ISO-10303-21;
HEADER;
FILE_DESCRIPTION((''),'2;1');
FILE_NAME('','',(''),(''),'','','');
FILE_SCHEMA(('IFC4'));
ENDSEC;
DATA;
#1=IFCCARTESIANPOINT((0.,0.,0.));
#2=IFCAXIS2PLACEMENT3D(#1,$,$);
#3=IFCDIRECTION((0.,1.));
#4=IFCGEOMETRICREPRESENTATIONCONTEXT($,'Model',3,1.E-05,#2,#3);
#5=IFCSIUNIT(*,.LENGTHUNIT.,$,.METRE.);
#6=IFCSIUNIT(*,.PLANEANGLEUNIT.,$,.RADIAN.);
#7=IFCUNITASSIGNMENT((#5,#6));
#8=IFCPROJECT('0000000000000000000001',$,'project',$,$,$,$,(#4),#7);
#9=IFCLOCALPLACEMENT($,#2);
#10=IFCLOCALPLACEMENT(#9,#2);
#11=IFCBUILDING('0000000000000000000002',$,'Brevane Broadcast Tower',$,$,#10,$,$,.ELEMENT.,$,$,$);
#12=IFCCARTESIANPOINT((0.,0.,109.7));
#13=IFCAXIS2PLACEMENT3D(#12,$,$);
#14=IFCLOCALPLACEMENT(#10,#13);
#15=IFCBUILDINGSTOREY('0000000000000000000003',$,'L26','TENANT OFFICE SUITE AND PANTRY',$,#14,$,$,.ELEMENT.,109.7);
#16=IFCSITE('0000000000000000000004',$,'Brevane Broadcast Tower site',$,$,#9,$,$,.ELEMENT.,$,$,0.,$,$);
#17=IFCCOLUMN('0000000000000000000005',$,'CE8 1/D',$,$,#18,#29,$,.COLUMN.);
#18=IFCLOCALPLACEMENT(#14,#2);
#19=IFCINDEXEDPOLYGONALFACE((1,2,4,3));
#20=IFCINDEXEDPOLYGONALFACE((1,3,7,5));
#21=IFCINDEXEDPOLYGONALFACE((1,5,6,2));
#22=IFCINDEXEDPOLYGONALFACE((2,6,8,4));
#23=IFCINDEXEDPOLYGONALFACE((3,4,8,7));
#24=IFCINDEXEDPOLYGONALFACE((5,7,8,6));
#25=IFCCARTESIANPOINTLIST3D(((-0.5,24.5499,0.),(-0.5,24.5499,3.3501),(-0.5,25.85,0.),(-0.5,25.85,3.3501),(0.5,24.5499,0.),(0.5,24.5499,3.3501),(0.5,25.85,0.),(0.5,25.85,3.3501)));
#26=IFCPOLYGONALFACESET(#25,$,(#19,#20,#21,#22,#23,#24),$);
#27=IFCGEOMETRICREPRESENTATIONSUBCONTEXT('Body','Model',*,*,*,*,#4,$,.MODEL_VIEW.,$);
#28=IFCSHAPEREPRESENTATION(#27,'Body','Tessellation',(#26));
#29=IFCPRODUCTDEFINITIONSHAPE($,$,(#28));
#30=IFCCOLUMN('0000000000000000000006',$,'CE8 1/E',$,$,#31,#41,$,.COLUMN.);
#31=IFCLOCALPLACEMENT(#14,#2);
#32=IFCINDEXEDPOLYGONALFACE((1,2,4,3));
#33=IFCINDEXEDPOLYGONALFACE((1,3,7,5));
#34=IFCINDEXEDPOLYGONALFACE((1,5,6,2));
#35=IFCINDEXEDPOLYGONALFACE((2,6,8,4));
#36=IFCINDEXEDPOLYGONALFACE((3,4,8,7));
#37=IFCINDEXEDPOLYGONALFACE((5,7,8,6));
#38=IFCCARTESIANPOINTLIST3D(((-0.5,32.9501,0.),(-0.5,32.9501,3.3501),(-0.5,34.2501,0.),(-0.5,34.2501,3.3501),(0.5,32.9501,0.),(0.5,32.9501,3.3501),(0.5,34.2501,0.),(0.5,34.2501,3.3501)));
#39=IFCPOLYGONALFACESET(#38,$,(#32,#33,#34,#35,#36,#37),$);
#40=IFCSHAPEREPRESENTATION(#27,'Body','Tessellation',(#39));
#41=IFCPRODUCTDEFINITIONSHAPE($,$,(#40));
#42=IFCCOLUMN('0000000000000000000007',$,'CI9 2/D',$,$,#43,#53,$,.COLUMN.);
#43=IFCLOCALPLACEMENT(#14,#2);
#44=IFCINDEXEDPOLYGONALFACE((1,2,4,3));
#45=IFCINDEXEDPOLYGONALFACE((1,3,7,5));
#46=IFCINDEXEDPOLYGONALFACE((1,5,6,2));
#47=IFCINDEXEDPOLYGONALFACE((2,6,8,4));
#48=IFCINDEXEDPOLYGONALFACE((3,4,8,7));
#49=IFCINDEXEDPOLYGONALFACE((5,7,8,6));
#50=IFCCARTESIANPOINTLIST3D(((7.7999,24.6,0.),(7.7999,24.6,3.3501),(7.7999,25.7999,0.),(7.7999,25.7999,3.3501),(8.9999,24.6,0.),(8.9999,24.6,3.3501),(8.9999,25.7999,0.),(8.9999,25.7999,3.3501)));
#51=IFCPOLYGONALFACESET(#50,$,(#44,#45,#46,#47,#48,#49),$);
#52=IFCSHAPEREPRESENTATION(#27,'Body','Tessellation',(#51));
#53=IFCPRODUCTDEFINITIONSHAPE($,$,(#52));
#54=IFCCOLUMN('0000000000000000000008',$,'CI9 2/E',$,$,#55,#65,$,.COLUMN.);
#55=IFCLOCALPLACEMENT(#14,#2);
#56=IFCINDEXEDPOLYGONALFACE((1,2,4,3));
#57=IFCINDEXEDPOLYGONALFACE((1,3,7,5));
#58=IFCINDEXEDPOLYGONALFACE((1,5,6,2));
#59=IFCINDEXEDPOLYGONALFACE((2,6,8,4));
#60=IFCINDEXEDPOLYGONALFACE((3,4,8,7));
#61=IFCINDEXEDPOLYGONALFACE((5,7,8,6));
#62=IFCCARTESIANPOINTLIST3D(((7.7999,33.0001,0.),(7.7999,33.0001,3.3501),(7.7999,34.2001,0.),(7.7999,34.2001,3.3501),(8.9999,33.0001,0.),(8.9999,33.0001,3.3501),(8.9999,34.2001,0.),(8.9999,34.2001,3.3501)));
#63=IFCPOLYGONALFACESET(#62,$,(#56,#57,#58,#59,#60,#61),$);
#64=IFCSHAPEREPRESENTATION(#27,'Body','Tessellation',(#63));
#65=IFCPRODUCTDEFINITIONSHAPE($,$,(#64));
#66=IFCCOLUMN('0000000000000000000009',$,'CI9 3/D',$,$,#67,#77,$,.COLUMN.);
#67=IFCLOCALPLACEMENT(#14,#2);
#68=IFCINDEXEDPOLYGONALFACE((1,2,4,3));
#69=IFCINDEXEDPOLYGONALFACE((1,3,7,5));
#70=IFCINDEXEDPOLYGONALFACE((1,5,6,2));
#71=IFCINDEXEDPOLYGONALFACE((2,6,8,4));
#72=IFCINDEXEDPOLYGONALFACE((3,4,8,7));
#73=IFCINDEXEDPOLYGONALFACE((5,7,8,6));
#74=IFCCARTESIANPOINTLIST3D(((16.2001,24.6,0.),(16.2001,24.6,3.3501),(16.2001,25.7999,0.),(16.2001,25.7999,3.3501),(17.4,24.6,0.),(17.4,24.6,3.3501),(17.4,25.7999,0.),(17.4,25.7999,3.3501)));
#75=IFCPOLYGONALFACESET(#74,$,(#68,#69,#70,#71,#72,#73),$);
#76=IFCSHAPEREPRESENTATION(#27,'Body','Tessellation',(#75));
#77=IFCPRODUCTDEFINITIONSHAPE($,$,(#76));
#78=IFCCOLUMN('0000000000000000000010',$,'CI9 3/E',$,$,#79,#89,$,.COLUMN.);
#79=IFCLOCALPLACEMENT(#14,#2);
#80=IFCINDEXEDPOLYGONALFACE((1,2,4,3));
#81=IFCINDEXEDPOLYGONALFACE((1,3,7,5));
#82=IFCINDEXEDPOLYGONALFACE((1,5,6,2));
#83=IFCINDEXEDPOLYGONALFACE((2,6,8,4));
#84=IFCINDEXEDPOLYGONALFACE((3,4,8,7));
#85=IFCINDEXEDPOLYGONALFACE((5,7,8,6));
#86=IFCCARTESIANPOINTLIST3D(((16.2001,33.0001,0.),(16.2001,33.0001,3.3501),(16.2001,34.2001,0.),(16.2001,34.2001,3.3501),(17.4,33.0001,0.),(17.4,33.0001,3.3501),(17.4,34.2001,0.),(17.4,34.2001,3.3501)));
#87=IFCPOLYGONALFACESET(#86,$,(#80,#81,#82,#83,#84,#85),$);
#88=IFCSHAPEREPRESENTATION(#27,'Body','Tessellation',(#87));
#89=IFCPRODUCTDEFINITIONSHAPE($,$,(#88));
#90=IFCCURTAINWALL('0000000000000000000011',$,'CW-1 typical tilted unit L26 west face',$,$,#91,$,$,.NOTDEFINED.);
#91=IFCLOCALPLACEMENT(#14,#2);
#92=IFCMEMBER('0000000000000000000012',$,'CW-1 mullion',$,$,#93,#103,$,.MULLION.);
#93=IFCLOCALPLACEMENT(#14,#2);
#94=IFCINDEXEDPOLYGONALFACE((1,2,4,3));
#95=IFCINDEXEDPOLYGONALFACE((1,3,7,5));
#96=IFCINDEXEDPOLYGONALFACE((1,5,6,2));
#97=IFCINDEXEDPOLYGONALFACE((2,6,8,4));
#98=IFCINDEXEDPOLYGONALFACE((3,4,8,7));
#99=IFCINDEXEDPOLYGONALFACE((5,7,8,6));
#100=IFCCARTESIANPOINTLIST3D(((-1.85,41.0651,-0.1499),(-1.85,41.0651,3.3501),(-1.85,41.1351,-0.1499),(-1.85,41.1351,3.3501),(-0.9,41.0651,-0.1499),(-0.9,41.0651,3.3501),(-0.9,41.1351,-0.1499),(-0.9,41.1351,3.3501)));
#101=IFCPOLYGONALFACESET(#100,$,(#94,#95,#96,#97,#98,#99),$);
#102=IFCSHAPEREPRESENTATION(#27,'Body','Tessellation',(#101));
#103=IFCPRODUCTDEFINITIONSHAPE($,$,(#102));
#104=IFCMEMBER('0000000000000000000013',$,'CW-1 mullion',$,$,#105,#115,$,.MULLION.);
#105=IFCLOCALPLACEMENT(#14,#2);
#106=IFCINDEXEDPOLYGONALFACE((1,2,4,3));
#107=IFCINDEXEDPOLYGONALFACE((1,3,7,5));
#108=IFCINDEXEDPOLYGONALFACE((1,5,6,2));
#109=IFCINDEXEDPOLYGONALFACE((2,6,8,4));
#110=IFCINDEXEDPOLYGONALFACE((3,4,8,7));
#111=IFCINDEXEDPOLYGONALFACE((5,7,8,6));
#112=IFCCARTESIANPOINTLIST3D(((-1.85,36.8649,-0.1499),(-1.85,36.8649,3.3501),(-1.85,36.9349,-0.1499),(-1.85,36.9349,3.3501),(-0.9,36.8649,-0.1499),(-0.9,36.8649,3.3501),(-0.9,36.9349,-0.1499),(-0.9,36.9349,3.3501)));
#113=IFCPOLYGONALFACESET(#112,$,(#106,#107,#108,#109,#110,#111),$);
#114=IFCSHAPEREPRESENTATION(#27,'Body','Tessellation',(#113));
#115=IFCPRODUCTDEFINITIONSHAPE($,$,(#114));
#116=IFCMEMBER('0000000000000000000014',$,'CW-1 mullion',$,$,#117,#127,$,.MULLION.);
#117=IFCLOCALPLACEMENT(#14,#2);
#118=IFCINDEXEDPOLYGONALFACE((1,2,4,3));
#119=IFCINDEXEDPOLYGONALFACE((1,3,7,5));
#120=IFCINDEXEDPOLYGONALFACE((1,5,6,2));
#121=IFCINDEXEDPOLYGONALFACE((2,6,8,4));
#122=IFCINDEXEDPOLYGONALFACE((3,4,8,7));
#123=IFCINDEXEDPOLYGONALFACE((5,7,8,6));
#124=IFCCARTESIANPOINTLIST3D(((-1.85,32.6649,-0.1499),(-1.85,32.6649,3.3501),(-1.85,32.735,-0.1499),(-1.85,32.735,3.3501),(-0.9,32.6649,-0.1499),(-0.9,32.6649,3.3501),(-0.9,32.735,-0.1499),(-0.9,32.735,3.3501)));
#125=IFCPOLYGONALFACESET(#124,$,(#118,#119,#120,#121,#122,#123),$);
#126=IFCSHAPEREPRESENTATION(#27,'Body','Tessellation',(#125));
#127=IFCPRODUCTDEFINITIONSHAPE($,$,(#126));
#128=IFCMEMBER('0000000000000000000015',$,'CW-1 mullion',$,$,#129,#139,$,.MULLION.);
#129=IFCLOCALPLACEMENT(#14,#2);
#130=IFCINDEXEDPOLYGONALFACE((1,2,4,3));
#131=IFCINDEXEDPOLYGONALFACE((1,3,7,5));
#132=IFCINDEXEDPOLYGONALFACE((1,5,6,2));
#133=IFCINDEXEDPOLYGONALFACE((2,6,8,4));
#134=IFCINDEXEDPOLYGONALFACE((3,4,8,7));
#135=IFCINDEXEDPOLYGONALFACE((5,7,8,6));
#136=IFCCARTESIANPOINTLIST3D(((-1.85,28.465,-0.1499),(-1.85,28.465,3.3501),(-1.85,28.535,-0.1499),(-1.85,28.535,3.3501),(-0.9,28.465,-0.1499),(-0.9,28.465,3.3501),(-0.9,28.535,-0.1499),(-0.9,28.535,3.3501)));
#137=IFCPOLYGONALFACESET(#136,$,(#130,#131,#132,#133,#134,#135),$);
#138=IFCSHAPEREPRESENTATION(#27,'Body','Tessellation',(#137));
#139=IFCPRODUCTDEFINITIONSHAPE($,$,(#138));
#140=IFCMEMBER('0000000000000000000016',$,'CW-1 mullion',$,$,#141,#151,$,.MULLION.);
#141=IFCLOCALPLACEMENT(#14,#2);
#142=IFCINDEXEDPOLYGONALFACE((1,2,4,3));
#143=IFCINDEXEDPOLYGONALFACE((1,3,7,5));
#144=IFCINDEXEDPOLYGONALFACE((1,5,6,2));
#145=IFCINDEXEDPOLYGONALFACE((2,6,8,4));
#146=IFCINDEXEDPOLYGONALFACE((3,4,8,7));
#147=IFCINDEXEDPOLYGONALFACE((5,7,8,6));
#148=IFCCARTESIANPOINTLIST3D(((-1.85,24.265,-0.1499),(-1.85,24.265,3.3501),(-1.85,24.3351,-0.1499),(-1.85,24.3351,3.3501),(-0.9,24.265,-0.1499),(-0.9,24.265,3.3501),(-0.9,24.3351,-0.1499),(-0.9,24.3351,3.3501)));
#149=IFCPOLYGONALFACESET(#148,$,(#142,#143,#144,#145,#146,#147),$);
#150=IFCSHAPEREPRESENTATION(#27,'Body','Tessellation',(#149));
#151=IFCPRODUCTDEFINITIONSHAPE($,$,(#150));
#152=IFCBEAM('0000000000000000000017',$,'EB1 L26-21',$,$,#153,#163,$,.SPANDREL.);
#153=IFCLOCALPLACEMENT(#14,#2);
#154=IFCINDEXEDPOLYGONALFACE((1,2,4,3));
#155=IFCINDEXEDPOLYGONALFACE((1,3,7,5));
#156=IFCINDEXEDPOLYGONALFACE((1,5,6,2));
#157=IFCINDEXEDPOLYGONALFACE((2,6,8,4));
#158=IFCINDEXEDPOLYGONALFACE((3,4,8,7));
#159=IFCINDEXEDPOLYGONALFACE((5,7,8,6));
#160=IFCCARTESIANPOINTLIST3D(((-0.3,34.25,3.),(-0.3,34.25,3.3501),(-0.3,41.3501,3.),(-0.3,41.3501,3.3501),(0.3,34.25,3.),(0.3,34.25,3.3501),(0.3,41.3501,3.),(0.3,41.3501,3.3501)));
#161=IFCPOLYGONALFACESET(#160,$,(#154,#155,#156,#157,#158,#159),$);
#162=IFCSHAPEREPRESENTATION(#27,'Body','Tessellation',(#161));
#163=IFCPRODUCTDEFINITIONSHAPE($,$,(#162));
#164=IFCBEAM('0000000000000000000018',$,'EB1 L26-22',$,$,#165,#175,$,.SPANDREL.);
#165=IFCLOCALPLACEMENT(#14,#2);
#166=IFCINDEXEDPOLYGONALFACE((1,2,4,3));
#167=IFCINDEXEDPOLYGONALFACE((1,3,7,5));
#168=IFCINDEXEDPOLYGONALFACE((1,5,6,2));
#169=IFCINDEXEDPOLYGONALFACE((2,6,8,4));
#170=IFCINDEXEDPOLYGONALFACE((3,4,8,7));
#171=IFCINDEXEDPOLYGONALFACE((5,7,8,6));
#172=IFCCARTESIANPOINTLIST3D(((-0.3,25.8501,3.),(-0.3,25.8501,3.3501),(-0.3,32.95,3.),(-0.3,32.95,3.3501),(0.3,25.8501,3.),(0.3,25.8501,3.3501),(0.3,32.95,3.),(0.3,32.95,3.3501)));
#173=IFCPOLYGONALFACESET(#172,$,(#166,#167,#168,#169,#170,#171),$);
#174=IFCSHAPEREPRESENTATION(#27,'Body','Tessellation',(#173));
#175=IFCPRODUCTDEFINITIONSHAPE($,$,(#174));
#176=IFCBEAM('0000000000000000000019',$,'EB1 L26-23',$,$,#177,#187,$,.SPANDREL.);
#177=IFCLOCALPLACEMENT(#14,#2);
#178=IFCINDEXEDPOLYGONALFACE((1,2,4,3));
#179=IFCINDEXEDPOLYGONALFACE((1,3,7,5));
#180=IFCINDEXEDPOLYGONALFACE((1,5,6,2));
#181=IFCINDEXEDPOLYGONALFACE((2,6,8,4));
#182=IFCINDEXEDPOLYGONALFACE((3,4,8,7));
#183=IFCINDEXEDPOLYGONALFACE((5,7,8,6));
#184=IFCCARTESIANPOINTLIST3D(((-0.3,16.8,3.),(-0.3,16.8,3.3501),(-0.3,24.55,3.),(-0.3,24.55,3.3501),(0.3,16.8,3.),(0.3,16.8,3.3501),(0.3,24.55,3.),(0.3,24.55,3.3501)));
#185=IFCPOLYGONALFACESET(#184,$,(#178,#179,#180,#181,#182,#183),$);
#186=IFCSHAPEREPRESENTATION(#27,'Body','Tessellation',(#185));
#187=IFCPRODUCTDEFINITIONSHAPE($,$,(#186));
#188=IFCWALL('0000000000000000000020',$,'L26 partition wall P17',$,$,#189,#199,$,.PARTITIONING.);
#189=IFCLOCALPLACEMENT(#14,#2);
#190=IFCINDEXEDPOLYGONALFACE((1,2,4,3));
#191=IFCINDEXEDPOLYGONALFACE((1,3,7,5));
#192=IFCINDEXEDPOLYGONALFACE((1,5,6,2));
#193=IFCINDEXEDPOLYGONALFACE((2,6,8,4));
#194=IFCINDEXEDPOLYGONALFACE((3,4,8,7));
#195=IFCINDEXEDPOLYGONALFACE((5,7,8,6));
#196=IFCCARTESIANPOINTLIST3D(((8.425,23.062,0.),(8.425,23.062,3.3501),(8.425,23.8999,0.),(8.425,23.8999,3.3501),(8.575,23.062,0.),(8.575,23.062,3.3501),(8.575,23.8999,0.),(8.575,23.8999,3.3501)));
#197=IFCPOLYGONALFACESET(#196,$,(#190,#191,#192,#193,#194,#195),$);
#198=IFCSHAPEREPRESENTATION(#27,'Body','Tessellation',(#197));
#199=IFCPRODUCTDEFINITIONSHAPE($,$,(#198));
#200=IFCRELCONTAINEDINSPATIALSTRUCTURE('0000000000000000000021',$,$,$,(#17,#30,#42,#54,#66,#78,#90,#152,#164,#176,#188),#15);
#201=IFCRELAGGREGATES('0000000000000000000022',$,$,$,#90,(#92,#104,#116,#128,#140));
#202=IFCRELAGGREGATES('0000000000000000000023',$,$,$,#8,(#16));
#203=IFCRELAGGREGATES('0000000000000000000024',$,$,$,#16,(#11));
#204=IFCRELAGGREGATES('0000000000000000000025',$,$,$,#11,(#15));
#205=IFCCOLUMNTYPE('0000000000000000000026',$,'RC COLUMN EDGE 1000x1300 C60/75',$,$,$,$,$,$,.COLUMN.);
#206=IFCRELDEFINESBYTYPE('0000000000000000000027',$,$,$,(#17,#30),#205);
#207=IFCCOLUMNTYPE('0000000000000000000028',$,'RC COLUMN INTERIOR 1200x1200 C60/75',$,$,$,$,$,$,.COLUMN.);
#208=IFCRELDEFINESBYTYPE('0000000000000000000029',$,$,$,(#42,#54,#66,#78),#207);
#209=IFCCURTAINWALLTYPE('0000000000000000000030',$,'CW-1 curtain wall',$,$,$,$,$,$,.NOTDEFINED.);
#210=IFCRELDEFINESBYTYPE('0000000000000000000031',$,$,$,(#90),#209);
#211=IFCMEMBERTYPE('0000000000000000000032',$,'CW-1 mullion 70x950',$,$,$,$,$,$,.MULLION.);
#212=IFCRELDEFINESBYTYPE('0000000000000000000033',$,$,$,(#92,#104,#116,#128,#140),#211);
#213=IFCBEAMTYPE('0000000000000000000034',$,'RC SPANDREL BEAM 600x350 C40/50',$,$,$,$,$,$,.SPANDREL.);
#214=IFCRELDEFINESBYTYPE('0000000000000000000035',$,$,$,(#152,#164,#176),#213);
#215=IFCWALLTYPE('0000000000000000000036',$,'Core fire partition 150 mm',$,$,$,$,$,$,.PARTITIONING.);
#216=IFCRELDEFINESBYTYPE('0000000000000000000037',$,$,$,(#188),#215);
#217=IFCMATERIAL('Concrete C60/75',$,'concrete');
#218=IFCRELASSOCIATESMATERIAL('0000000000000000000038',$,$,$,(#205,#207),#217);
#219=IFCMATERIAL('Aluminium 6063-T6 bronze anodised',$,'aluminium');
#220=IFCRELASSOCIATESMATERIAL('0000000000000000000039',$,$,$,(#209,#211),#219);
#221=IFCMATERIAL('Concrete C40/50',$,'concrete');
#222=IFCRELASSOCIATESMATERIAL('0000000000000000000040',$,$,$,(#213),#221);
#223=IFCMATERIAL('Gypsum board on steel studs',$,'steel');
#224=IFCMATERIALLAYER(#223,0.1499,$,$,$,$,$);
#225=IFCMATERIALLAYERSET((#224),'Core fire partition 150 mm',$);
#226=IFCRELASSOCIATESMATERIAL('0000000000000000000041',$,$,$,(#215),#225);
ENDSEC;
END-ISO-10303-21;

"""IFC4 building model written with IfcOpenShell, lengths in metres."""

from ifc_helpers import new_model, si_unit, direction, frame, frame_2d, origin, origin_2d, place, context, subcontext, project, spatial, rectangle, extrude, material, layer, layer_set, material_profile, profile_set, type_object, element, aggregate, save


model = new_model("IFC4")

# Units and contexts
model_context = context("Model", 3, precision=1e-05, world=origin(), true_north=direction((0.0, 1.0)))
body_context = subcontext(model_context, "Body", "Model", "MODEL_VIEW")
ifc_project = project(units=[si_unit("LENGTHUNIT", "METRE"), si_unit("PLANEANGLEUNIT", "RADIAN")], contexts=[model_context])

# Site, building, storey
site_placement = place(None, origin())
site = spatial("IfcSite", under=ifc_project, at=site_placement, Name="Brevane Broadcast Tower site", CompositionType="ELEMENT", RefElevation=0.0)
building_placement = place(site_placement, origin())
building = spatial("IfcBuilding", under=site, at=building_placement, Name="Brevane Broadcast Tower", CompositionType="ELEMENT")
storey_placement = place(building_placement, frame((0.0, 0.0, 109.7)))
storey = spatial("IfcBuildingStorey", under=building, at=storey_placement, Name="L26", Description="TENANT OFFICE SUITE AND PANTRY", CompositionType="ELEMENT", Elevation=109.7)

# Columns
ifc_material_1 = material(Name="Concrete C60/75", Category="concrete")
ifc_material_profile_1 = material_profile(ifc_material_1, rectangle(XDim=1.0, YDim=1.3, at=origin_2d()), Name="RC 1000x1300")
ifc_profile_set_1 = profile_set([ifc_material_profile_1], Name="Concrete C60/75")
column_type_1 = type_object("IfcColumnType", Name="RC COLUMN EDGE 1000x1300 C60/75", PredefinedType="COLUMN", material=ifc_profile_set_1)
for number, where, z_axis, x_axis, name in (
    (1, (0.0, 25.2, 0.0), (0.0, 0.0, 1.0), (1.0, 0.0, 0.0), "CE8 1/D"),
    (2, (0.0, 33.6001, 0.0), (0.0, 0.0, 1.0), (1.0, 0.0, 0.0), "CE8 1/E"),
):
    element("IfcColumn", number, at=place(storey_placement, frame(where, z_axis=z_axis, x_axis=x_axis)), inside=storey, type_object=column_type_1, Name=name, PredefinedType="COLUMN", context=body_context, shape_type="SweptSolid", body=[
        extrude(rectangle(XDim=1.0, YDim=1.3, at=origin_2d()), origin(), (0.0, 0.0, 1.0), 3.3501),
    ])
ifc_material_profile_2 = material_profile(ifc_material_1, rectangle(XDim=1.2, YDim=1.2, at=origin_2d()), Name="RC 1200x1200")
ifc_profile_set_2 = profile_set([ifc_material_profile_2], Name="Concrete C60/75")
column_type_2 = type_object("IfcColumnType", Name="RC COLUMN INTERIOR 1200x1200 C60/75", PredefinedType="COLUMN", material=ifc_profile_set_2)
for number, where, z_axis, x_axis, name in (
    (3, (8.3999, 25.2, 0.0), (0.0, 0.0, 1.0), (1.0, 0.0, 0.0), "CI9 2/D"),
    (4, (8.3999, 33.6001, 0.0), (0.0, 0.0, 1.0), (1.0, 0.0, 0.0), "CI9 2/E"),
    (5, (16.8, 25.2, 0.0), (0.0, 0.0, 1.0), (1.0, 0.0, 0.0), "CI9 3/D"),
    (6, (16.8, 33.6001, 0.0), (0.0, 0.0, 1.0), (1.0, 0.0, 0.0), "CI9 3/E"),
):
    element("IfcColumn", number, at=place(storey_placement, frame(where, z_axis=z_axis, x_axis=x_axis)), inside=storey, type_object=column_type_2, Name=name, PredefinedType="COLUMN", context=body_context, shape_type="SweptSolid", body=[
        extrude(rectangle(XDim=1.2, YDim=1.2, at=origin_2d()), origin(), (0.0, 0.0, 1.0), 3.3501),
    ])

# Curtain wall, members
ifc_material_2 = material(Name="Aluminium 6063-T6 bronze anodised", Category="aluminium")
curtain_wall_type = type_object("IfcCurtainWallType", Name="CW-1 curtain wall", PredefinedType="NOTDEFINED", material=ifc_material_2)
curtain_wall_placement = place(storey_placement, origin())
curtain_wall = element("IfcCurtainWall", 7, at=curtain_wall_placement, inside=storey, type_object=curtain_wall_type, Name="CW-1 typical tilted unit L26 west face", PredefinedType="NOTDEFINED")
ifc_material_profile_3 = material_profile(ifc_material_2, rectangle(XDim=0.95, YDim=0.0701, at=origin_2d()), Name="RECT 70x950")
ifc_profile_set_3 = profile_set([ifc_material_profile_3], Name="Aluminium 6063-T6 bronze anodised")
member_type = type_object("IfcMemberType", Name="CW-1 mullion 70x950", PredefinedType="MULLION", material=ifc_profile_set_3)
member_1_placement = place(storey_placement, frame((-1.375, 41.1001, -0.1499), z_axis=(0.0, 0.0, 1.0), x_axis=(1.0, 0.0, 0.0)))
member_1 = element("IfcMember", 8, at=member_1_placement, type_object=member_type, Name="CW-1 mullion", PredefinedType="MULLION", context=body_context, shape_type="SweptSolid", body=[
    extrude(rectangle(XDim=0.95, YDim=0.0701, at=origin_2d()), origin(), (0.0, 0.0, 1.0), 3.5),
])
member_2_placement = place(storey_placement, frame((-1.375, 36.8999, -0.1499), z_axis=(0.0, 0.0, 1.0), x_axis=(1.0, 0.0, 0.0)))
member_2 = element("IfcMember", 9, at=member_2_placement, type_object=member_type, Name="CW-1 mullion", PredefinedType="MULLION", context=body_context, shape_type="SweptSolid", body=[
    extrude(rectangle(XDim=0.95, YDim=0.0701, at=origin_2d()), origin(), (0.0, 0.0, 1.0), 3.5),
])
member_3_placement = place(storey_placement, frame((-1.375, 32.7, -0.1499), z_axis=(0.0, 0.0, 1.0), x_axis=(1.0, 0.0, 0.0)))
member_3 = element("IfcMember", 10, at=member_3_placement, type_object=member_type, Name="CW-1 mullion", PredefinedType="MULLION", context=body_context, shape_type="SweptSolid", body=[
    extrude(rectangle(XDim=0.95, YDim=0.0701, at=origin_2d()), origin(), (0.0, 0.0, 1.0), 3.5),
])
member_4_placement = place(storey_placement, frame((-1.375, 28.5, -0.1499), z_axis=(0.0, 0.0, 1.0), x_axis=(1.0, 0.0, 0.0)))
member_4 = element("IfcMember", 11, at=member_4_placement, type_object=member_type, Name="CW-1 mullion", PredefinedType="MULLION", context=body_context, shape_type="SweptSolid", body=[
    extrude(rectangle(XDim=0.95, YDim=0.0701, at=origin_2d()), origin(), (0.0, 0.0, 1.0), 3.5),
])
member_5_placement = place(storey_placement, frame((-1.375, 24.3, -0.1499), z_axis=(0.0, 0.0, 1.0), x_axis=(1.0, 0.0, 0.0)))
member_5 = element("IfcMember", 12, at=member_5_placement, type_object=member_type, Name="CW-1 mullion", PredefinedType="MULLION", context=body_context, shape_type="SweptSolid", body=[
    extrude(rectangle(XDim=0.95, YDim=0.0701, at=origin_2d()), origin(), (0.0, 0.0, 1.0), 3.5),
])
aggregate(curtain_wall, [member_1, member_2, member_3, member_4, member_5])

# Beams
ifc_material_3 = material(Name="Concrete C40/50", Category="concrete")
ifc_material_profile_4 = material_profile(ifc_material_3, rectangle(XDim=0.6001, YDim=0.3501, at=origin_2d()), Name="RC 600x350")
ifc_profile_set_4 = profile_set([ifc_material_profile_4], Name="Concrete C40/50")
beam_type = type_object("IfcBeamType", Name="RC SPANDREL BEAM 600x350 C40/50", PredefinedType="SPANDREL", material=ifc_profile_set_4)
beam_1_placement = place(storey_placement, frame((0.0, 41.3501, 3.175), z_axis=(0.0, -1.0, 0.0), x_axis=(1.0, 0.0, 0.0)))
element("IfcBeam", 13, at=beam_1_placement, inside=storey, type_object=beam_type, Name="EB1 L26-21", PredefinedType="SPANDREL", context=body_context, shape_type="SweptSolid", body=[
    extrude(rectangle(XDim=0.6001, YDim=0.3501, at=origin_2d()), origin(), (0.0, 0.0, 1.0), 7.1001),
])
beam_2_placement = place(storey_placement, frame((0.0, 32.95, 3.175), z_axis=(0.0, -1.0, 0.0), x_axis=(1.0, 0.0, 0.0)))
element("IfcBeam", 14, at=beam_2_placement, inside=storey, type_object=beam_type, Name="EB1 L26-22", PredefinedType="SPANDREL", context=body_context, shape_type="SweptSolid", body=[
    extrude(rectangle(XDim=0.6001, YDim=0.3501, at=origin_2d()), origin(), (0.0, 0.0, 1.0), 7.0999),
])
beam_3_placement = place(storey_placement, frame((0.0, 24.55, 3.175), z_axis=(0.0, -1.0, 0.0), x_axis=(1.0, 0.0, 0.0)))
element("IfcBeam", 15, at=beam_3_placement, inside=storey, type_object=beam_type, Name="EB1 L26-23", PredefinedType="SPANDREL", context=body_context, shape_type="SweptSolid", body=[
    extrude(rectangle(XDim=0.6001, YDim=0.3501, at=origin_2d()), origin(), (0.0, 0.0, 1.0), 7.75),
])

# Wall
ifc_material_4 = material(Name="Gypsum board on steel studs", Category="steel")
ifc_layer_1 = layer(ifc_material_4, 0.1499)
ifc_layer_set_1 = layer_set([ifc_layer_1], Name="Core fire partition 150 mm")
wall_type_1 = type_object("IfcWallType", Name="Core fire partition 150 mm", PredefinedType="PARTITIONING", material=ifc_layer_set_1)
wall_1_placement = place(storey_placement, frame((8.5, 23.062, 0.0), z_axis=(0.0, 0.0, 1.0), x_axis=(0.0, 1.0, 0.0)))
element("IfcWall", 16, at=wall_1_placement, inside=storey, type_object=wall_type_1, Name="L26 partition wall P17", PredefinedType="PARTITIONING", context=body_context, shape_type="SweptSolid", body=[
    extrude(rectangle(XDim=0.8379, YDim=0.1499, at=frame_2d((0.4189, 0.0))), origin(), (0.0, 0.0, 1.0), 3.3501),
])

save(model, "model.ifc")
